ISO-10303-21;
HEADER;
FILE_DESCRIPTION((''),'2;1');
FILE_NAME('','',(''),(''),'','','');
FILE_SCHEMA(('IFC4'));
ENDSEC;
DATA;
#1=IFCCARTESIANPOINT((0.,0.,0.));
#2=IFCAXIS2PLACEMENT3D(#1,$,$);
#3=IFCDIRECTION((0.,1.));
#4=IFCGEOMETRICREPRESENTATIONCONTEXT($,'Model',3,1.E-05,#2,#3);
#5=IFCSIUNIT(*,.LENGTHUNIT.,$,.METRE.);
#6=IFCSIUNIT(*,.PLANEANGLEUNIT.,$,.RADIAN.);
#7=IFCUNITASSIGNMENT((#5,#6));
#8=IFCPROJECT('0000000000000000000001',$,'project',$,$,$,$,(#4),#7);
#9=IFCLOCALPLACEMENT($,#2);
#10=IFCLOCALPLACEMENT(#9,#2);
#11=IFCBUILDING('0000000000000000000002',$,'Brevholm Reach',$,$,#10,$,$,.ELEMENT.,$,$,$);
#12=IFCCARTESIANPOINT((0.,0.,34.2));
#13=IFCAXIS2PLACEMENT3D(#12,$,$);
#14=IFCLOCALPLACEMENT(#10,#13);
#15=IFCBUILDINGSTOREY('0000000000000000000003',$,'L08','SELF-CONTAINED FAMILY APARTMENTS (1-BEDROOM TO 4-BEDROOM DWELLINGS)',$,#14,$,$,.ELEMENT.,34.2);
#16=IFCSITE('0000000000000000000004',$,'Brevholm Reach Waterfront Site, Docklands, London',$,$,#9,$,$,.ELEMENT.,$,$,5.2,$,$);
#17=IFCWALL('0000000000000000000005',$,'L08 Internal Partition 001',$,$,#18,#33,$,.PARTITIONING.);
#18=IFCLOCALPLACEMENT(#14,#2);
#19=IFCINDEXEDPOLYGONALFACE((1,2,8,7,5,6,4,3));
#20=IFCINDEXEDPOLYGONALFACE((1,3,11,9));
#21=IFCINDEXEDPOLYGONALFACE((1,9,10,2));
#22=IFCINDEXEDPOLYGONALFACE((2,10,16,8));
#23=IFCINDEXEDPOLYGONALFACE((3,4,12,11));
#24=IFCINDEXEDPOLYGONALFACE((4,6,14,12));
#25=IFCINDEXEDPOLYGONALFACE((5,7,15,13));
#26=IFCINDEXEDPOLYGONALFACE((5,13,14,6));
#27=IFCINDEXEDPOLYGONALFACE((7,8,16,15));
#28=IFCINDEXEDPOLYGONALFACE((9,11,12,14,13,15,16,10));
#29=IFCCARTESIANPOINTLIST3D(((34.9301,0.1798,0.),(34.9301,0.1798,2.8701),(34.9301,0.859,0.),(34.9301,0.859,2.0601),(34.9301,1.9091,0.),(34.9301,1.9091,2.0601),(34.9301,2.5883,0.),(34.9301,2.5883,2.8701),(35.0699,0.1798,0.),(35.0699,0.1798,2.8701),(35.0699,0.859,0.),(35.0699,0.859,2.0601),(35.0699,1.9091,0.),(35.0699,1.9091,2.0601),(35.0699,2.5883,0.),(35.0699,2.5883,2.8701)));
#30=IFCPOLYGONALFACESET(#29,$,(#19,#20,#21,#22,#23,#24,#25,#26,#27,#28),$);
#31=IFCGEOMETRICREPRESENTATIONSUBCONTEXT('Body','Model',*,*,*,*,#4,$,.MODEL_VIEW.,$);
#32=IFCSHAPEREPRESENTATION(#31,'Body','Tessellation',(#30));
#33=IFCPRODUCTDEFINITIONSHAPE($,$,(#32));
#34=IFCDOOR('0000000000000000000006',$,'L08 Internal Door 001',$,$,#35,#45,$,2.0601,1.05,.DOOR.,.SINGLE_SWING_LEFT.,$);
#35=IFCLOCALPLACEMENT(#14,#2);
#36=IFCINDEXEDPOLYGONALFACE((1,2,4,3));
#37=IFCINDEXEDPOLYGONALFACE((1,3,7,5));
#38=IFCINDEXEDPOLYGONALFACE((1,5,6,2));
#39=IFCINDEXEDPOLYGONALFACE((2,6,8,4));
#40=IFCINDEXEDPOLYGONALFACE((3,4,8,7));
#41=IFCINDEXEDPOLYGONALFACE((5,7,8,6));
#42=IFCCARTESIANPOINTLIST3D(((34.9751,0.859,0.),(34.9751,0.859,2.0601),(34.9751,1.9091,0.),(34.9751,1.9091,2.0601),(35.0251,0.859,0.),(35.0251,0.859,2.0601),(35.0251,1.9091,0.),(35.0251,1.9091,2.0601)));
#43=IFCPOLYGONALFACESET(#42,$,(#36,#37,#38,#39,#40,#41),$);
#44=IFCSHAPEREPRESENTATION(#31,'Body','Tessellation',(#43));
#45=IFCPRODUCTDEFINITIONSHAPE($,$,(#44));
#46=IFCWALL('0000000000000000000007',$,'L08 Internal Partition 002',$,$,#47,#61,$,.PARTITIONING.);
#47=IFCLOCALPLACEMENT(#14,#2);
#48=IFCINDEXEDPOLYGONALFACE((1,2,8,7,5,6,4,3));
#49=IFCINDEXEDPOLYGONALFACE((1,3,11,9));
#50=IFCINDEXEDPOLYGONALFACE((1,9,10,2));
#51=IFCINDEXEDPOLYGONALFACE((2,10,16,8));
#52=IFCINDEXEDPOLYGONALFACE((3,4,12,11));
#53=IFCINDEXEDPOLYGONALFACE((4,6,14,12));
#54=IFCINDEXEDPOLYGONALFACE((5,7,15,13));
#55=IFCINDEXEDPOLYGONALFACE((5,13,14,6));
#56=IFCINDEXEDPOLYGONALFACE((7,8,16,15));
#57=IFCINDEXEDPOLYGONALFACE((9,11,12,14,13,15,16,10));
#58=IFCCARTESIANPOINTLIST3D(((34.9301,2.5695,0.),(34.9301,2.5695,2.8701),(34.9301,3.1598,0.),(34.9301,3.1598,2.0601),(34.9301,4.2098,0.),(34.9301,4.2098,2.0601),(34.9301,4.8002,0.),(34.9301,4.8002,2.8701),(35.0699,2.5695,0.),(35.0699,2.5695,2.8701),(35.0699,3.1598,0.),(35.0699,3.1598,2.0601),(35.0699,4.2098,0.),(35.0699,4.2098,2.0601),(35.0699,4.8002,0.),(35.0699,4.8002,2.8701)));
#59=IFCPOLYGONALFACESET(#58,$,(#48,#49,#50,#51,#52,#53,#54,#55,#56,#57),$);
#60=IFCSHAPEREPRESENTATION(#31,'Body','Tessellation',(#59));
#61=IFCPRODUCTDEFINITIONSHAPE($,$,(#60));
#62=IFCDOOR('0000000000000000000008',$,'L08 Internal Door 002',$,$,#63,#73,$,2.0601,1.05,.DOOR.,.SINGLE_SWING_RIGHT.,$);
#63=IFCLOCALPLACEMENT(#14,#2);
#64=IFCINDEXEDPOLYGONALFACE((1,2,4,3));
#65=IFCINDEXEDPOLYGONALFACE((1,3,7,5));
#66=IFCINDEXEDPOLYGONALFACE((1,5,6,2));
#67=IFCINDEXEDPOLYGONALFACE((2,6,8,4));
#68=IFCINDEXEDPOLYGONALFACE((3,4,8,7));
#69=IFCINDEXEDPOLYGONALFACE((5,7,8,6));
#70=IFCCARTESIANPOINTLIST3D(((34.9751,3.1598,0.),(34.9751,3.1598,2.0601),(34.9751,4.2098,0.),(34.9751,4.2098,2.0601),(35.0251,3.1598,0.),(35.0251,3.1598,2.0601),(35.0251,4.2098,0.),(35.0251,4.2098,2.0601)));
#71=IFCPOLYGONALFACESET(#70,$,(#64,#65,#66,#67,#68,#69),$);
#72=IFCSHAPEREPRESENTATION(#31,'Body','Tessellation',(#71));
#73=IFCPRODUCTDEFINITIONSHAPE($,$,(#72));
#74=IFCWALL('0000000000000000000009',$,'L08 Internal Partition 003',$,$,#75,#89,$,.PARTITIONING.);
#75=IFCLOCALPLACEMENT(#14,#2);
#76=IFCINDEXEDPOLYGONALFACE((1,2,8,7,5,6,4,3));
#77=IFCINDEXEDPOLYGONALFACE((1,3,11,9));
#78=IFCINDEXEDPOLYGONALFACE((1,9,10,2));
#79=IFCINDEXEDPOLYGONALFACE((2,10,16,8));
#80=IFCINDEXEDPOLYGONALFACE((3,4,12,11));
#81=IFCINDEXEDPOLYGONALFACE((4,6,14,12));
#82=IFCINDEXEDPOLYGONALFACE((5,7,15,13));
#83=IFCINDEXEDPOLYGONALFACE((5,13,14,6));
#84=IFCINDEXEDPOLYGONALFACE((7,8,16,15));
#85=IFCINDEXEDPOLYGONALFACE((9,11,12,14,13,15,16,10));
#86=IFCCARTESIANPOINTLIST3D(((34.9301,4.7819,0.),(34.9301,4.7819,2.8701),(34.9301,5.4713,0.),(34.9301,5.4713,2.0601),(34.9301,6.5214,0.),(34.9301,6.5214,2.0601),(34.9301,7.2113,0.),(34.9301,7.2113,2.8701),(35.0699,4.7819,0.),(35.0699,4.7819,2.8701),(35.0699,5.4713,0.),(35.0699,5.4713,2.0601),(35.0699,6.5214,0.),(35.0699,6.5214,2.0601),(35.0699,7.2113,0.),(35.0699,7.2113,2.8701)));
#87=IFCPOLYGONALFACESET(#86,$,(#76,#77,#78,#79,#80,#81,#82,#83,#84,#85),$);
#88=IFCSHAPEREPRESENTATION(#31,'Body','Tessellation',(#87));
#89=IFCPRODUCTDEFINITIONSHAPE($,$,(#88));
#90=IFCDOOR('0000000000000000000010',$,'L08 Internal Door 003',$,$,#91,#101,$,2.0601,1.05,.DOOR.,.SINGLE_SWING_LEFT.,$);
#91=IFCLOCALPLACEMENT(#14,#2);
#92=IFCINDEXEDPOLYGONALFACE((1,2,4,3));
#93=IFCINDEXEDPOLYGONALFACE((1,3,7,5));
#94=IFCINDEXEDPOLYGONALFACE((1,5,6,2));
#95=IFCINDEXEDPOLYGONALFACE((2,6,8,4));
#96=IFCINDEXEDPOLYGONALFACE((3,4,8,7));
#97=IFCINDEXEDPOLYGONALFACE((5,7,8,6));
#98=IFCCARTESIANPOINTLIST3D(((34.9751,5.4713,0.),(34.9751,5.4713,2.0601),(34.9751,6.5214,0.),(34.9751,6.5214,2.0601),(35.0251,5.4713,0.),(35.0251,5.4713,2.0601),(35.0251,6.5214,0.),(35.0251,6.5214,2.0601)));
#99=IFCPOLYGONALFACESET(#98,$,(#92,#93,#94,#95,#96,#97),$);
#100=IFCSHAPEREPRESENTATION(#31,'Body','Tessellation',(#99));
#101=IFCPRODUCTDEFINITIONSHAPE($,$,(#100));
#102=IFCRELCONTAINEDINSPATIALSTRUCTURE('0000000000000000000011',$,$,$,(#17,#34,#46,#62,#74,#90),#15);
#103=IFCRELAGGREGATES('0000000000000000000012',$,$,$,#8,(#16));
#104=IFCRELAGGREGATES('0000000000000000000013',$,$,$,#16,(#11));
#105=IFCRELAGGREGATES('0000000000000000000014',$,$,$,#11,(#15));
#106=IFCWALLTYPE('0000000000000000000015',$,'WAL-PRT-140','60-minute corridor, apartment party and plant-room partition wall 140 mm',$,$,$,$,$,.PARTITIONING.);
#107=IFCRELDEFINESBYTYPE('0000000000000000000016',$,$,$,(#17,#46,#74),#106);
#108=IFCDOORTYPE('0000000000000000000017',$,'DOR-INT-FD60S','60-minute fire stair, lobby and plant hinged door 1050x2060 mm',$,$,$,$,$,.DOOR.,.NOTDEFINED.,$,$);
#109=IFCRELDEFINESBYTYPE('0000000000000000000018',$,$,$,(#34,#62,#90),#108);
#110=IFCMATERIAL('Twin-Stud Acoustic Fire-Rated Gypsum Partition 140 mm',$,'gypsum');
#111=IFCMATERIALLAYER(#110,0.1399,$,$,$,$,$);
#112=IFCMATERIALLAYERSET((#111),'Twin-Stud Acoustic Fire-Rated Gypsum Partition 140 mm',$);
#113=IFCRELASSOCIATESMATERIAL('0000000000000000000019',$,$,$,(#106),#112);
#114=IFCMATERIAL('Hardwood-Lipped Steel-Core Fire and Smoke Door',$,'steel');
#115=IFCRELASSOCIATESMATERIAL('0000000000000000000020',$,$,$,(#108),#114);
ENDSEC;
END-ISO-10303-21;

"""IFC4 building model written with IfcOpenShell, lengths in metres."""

from ifc_helpers import new_model, si_unit, direction, frame, frame_2d, origin, place, context, subcontext, project, spatial, rectangle, extrude, material, layer, layer_set, type_object, element, fill, save


model = new_model("IFC4")

# Units and contexts
model_context = context("Model", 3, precision=1e-05, world=origin(), true_north=direction((0.0, 1.0)))
body_context = subcontext(model_context, "Body", "Model", "MODEL_VIEW")
ifc_project = project(units=[si_unit("LENGTHUNIT", "METRE"), si_unit("PLANEANGLEUNIT", "RADIAN")], contexts=[model_context])

# Site, building, storey
site_placement = place(None, origin())
site = spatial("IfcSite", under=ifc_project, at=site_placement, Name="Brevholm Reach Waterfront Site, Docklands, London", CompositionType="ELEMENT", RefElevation=5.2)
building_placement = place(site_placement, origin())
building = spatial("IfcBuilding", under=site, at=building_placement, Name="Brevholm Reach", CompositionType="ELEMENT")
storey_placement = place(building_placement, frame((0.0, 0.0, 34.2)))
storey = spatial("IfcBuildingStorey", under=building, at=storey_placement, Name="L08", Description="SELF-CONTAINED FAMILY APARTMENTS (1-BEDROOM TO 4-BEDROOM DWELLINGS)", CompositionType="ELEMENT", Elevation=34.2)

# Walls, openings, doors
ifc_material_1 = material(Name="Twin-Stud Acoustic Fire-Rated Gypsum Partition 140 mm", Category="gypsum")
ifc_layer_1 = layer(ifc_material_1, 0.1399)
ifc_layer_set_1 = layer_set([ifc_layer_1], Name="Twin-Stud Acoustic Fire-Rated Gypsum Partition 140 mm")
wall_type_1 = type_object("IfcWallType", Name="WAL-PRT-140", Description="60-minute corridor, apartment party and plant-room partition wall 140 mm", PredefinedType="PARTITIONING", material=ifc_layer_set_1)
wall_1_placement = place(storey_placement, frame((35.0, 0.1799, 0.0), z_axis=(0.0, 0.0, 1.0), x_axis=(0.0, 1.0, 0.0)))
wall_1 = element("IfcWall", 1, at=wall_1_placement, inside=storey, type_object=wall_type_1, Name="L08 Internal Partition 001", PredefinedType="PARTITIONING", context=body_context, shape_type="SweptSolid", body=[
    extrude(rectangle(XDim=2.4084, YDim=0.1399, at=frame_2d((1.2041, 0.0))), origin(), (0.0, 0.0, 1.0), 2.8701),
])
opening_1_placement = place(wall_1_placement, frame((0.6792, 0.0, 0.0)))
opening_1 = element("IfcOpeningElement", 2, at=opening_1_placement, cuts=wall_1, PredefinedType="OPENING", context=body_context, shape_type="SweptSolid", body=[
    extrude(rectangle(XDim=1.05, YDim=2.0601, at=frame_2d((0.5249, 1.03))), frame((0.0, 0.0798, 0.0), z_axis=(0.0, -1.0, 0.0), x_axis=(1.0, 0.0, 0.0)), (0.0, 0.0, 1.0), 0.1599),
])
ifc_material_2 = material(Name="Hardwood-Lipped Steel-Core Fire and Smoke Door", Category="steel")
door_type_1 = type_object("IfcDoorType", Name="DOR-INT-FD60S", Description="60-minute fire stair, lobby and plant hinged door 1050x2060 mm", OperationType="NOTDEFINED", PredefinedType="DOOR", material=ifc_material_2)
door_1_placement = place(opening_1_placement, origin())
door_1 = element("IfcDoor", 3, at=door_1_placement, inside=storey, type_object=door_type_1, Name="L08 Internal Door 001", OperationType="SINGLE_SWING_LEFT", OverallHeight=2.0601, OverallWidth=1.05, PredefinedType="DOOR", context=body_context, shape_type="SweptSolid", body=[
    extrude(rectangle(XDim=1.05, YDim=2.0601, at=frame_2d((0.5249, 1.03))), frame((0.0, 0.0249, 0.0), z_axis=(0.0, -1.0, 0.0), x_axis=(1.0, 0.0, 0.0)), (0.0, 0.0, 1.0), 0.05),
])
fill(opening_1, door_1)
wall_2_placement = place(storey_placement, frame((35.0, 2.5696, 0.0), z_axis=(0.0, 0.0, 1.0), x_axis=(0.0, 1.0, 0.0)))
wall_2 = element("IfcWall", 4, at=wall_2_placement, inside=storey, type_object=wall_type_1, Name="L08 Internal Partition 002", PredefinedType="PARTITIONING", context=body_context, shape_type="SweptSolid", body=[
    extrude(rectangle(XDim=2.2307, YDim=0.1399, at=frame_2d((1.1152, 0.0))), origin(), (0.0, 0.0, 1.0), 2.8701),
])
opening_2_placement = place(wall_2_placement, frame((0.5903, 0.0, 0.0)))
opening_2 = element("IfcOpeningElement", 5, at=opening_2_placement, cuts=wall_2, PredefinedType="OPENING", context=body_context, shape_type="SweptSolid", body=[
    extrude(rectangle(XDim=1.05, YDim=2.0601, at=frame_2d((0.5249, 1.03))), frame((0.0, 0.0798, 0.0), z_axis=(0.0, -1.0, 0.0), x_axis=(1.0, 0.0, 0.0)), (0.0, 0.0, 1.0), 0.1599),
])
door_2_placement = place(opening_2_placement, origin())
door_2 = element("IfcDoor", 6, at=door_2_placement, inside=storey, type_object=door_type_1, Name="L08 Internal Door 002", OperationType="SINGLE_SWING_RIGHT", OverallHeight=2.0601, OverallWidth=1.05, PredefinedType="DOOR", context=body_context, shape_type="SweptSolid", body=[
    extrude(rectangle(XDim=1.05, YDim=2.0601, at=frame_2d((0.5249, 1.03))), frame((0.0, 0.0249, 0.0), z_axis=(0.0, -1.0, 0.0), x_axis=(1.0, 0.0, 0.0)), (0.0, 0.0, 1.0), 0.05),
])
fill(opening_2, door_2)
wall_3_placement = place(storey_placement, frame((35.0, 4.7817, 0.0), z_axis=(0.0, 0.0, 1.0), x_axis=(0.0, 1.0, 0.0)))
wall_3 = element("IfcWall", 7, at=wall_3_placement, inside=storey, type_object=wall_type_1, Name="L08 Internal Partition 003", PredefinedType="PARTITIONING", context=body_context, shape_type="SweptSolid", body=[
    extrude(rectangle(XDim=2.4294, YDim=0.1399, at=frame_2d((1.2148, 0.0))), origin(), (0.0, 0.0, 1.0), 2.8701),
])
opening_3_placement = place(wall_3_placement, frame((0.6897, 0.0, 0.0)))
opening_3 = element("IfcOpeningElement", 8, at=opening_3_placement, cuts=wall_3, PredefinedType="OPENING", context=body_context, shape_type="SweptSolid", body=[
    extrude(rectangle(XDim=1.05, YDim=2.0601, at=frame_2d((0.5249, 1.03))), frame((0.0, 0.0798, 0.0), z_axis=(0.0, -1.0, 0.0), x_axis=(1.0, 0.0, 0.0)), (0.0, 0.0, 1.0), 0.1599),
])
door_3_placement = place(opening_3_placement, origin())
door_3 = element("IfcDoor", 9, at=door_3_placement, inside=storey, type_object=door_type_1, Name="L08 Internal Door 003", OperationType="SINGLE_SWING_LEFT", OverallHeight=2.0601, OverallWidth=1.05, PredefinedType="DOOR", context=body_context, shape_type="SweptSolid", body=[
    extrude(rectangle(XDim=1.05, YDim=2.0601, at=frame_2d((0.5249, 1.03))), frame((0.0, 0.0249, 0.0), z_axis=(0.0, -1.0, 0.0), x_axis=(1.0, 0.0, 0.0)), (0.0, 0.0, 1.0), 0.05),
])
fill(opening_3, door_3)

save(model, "model.ifc")
